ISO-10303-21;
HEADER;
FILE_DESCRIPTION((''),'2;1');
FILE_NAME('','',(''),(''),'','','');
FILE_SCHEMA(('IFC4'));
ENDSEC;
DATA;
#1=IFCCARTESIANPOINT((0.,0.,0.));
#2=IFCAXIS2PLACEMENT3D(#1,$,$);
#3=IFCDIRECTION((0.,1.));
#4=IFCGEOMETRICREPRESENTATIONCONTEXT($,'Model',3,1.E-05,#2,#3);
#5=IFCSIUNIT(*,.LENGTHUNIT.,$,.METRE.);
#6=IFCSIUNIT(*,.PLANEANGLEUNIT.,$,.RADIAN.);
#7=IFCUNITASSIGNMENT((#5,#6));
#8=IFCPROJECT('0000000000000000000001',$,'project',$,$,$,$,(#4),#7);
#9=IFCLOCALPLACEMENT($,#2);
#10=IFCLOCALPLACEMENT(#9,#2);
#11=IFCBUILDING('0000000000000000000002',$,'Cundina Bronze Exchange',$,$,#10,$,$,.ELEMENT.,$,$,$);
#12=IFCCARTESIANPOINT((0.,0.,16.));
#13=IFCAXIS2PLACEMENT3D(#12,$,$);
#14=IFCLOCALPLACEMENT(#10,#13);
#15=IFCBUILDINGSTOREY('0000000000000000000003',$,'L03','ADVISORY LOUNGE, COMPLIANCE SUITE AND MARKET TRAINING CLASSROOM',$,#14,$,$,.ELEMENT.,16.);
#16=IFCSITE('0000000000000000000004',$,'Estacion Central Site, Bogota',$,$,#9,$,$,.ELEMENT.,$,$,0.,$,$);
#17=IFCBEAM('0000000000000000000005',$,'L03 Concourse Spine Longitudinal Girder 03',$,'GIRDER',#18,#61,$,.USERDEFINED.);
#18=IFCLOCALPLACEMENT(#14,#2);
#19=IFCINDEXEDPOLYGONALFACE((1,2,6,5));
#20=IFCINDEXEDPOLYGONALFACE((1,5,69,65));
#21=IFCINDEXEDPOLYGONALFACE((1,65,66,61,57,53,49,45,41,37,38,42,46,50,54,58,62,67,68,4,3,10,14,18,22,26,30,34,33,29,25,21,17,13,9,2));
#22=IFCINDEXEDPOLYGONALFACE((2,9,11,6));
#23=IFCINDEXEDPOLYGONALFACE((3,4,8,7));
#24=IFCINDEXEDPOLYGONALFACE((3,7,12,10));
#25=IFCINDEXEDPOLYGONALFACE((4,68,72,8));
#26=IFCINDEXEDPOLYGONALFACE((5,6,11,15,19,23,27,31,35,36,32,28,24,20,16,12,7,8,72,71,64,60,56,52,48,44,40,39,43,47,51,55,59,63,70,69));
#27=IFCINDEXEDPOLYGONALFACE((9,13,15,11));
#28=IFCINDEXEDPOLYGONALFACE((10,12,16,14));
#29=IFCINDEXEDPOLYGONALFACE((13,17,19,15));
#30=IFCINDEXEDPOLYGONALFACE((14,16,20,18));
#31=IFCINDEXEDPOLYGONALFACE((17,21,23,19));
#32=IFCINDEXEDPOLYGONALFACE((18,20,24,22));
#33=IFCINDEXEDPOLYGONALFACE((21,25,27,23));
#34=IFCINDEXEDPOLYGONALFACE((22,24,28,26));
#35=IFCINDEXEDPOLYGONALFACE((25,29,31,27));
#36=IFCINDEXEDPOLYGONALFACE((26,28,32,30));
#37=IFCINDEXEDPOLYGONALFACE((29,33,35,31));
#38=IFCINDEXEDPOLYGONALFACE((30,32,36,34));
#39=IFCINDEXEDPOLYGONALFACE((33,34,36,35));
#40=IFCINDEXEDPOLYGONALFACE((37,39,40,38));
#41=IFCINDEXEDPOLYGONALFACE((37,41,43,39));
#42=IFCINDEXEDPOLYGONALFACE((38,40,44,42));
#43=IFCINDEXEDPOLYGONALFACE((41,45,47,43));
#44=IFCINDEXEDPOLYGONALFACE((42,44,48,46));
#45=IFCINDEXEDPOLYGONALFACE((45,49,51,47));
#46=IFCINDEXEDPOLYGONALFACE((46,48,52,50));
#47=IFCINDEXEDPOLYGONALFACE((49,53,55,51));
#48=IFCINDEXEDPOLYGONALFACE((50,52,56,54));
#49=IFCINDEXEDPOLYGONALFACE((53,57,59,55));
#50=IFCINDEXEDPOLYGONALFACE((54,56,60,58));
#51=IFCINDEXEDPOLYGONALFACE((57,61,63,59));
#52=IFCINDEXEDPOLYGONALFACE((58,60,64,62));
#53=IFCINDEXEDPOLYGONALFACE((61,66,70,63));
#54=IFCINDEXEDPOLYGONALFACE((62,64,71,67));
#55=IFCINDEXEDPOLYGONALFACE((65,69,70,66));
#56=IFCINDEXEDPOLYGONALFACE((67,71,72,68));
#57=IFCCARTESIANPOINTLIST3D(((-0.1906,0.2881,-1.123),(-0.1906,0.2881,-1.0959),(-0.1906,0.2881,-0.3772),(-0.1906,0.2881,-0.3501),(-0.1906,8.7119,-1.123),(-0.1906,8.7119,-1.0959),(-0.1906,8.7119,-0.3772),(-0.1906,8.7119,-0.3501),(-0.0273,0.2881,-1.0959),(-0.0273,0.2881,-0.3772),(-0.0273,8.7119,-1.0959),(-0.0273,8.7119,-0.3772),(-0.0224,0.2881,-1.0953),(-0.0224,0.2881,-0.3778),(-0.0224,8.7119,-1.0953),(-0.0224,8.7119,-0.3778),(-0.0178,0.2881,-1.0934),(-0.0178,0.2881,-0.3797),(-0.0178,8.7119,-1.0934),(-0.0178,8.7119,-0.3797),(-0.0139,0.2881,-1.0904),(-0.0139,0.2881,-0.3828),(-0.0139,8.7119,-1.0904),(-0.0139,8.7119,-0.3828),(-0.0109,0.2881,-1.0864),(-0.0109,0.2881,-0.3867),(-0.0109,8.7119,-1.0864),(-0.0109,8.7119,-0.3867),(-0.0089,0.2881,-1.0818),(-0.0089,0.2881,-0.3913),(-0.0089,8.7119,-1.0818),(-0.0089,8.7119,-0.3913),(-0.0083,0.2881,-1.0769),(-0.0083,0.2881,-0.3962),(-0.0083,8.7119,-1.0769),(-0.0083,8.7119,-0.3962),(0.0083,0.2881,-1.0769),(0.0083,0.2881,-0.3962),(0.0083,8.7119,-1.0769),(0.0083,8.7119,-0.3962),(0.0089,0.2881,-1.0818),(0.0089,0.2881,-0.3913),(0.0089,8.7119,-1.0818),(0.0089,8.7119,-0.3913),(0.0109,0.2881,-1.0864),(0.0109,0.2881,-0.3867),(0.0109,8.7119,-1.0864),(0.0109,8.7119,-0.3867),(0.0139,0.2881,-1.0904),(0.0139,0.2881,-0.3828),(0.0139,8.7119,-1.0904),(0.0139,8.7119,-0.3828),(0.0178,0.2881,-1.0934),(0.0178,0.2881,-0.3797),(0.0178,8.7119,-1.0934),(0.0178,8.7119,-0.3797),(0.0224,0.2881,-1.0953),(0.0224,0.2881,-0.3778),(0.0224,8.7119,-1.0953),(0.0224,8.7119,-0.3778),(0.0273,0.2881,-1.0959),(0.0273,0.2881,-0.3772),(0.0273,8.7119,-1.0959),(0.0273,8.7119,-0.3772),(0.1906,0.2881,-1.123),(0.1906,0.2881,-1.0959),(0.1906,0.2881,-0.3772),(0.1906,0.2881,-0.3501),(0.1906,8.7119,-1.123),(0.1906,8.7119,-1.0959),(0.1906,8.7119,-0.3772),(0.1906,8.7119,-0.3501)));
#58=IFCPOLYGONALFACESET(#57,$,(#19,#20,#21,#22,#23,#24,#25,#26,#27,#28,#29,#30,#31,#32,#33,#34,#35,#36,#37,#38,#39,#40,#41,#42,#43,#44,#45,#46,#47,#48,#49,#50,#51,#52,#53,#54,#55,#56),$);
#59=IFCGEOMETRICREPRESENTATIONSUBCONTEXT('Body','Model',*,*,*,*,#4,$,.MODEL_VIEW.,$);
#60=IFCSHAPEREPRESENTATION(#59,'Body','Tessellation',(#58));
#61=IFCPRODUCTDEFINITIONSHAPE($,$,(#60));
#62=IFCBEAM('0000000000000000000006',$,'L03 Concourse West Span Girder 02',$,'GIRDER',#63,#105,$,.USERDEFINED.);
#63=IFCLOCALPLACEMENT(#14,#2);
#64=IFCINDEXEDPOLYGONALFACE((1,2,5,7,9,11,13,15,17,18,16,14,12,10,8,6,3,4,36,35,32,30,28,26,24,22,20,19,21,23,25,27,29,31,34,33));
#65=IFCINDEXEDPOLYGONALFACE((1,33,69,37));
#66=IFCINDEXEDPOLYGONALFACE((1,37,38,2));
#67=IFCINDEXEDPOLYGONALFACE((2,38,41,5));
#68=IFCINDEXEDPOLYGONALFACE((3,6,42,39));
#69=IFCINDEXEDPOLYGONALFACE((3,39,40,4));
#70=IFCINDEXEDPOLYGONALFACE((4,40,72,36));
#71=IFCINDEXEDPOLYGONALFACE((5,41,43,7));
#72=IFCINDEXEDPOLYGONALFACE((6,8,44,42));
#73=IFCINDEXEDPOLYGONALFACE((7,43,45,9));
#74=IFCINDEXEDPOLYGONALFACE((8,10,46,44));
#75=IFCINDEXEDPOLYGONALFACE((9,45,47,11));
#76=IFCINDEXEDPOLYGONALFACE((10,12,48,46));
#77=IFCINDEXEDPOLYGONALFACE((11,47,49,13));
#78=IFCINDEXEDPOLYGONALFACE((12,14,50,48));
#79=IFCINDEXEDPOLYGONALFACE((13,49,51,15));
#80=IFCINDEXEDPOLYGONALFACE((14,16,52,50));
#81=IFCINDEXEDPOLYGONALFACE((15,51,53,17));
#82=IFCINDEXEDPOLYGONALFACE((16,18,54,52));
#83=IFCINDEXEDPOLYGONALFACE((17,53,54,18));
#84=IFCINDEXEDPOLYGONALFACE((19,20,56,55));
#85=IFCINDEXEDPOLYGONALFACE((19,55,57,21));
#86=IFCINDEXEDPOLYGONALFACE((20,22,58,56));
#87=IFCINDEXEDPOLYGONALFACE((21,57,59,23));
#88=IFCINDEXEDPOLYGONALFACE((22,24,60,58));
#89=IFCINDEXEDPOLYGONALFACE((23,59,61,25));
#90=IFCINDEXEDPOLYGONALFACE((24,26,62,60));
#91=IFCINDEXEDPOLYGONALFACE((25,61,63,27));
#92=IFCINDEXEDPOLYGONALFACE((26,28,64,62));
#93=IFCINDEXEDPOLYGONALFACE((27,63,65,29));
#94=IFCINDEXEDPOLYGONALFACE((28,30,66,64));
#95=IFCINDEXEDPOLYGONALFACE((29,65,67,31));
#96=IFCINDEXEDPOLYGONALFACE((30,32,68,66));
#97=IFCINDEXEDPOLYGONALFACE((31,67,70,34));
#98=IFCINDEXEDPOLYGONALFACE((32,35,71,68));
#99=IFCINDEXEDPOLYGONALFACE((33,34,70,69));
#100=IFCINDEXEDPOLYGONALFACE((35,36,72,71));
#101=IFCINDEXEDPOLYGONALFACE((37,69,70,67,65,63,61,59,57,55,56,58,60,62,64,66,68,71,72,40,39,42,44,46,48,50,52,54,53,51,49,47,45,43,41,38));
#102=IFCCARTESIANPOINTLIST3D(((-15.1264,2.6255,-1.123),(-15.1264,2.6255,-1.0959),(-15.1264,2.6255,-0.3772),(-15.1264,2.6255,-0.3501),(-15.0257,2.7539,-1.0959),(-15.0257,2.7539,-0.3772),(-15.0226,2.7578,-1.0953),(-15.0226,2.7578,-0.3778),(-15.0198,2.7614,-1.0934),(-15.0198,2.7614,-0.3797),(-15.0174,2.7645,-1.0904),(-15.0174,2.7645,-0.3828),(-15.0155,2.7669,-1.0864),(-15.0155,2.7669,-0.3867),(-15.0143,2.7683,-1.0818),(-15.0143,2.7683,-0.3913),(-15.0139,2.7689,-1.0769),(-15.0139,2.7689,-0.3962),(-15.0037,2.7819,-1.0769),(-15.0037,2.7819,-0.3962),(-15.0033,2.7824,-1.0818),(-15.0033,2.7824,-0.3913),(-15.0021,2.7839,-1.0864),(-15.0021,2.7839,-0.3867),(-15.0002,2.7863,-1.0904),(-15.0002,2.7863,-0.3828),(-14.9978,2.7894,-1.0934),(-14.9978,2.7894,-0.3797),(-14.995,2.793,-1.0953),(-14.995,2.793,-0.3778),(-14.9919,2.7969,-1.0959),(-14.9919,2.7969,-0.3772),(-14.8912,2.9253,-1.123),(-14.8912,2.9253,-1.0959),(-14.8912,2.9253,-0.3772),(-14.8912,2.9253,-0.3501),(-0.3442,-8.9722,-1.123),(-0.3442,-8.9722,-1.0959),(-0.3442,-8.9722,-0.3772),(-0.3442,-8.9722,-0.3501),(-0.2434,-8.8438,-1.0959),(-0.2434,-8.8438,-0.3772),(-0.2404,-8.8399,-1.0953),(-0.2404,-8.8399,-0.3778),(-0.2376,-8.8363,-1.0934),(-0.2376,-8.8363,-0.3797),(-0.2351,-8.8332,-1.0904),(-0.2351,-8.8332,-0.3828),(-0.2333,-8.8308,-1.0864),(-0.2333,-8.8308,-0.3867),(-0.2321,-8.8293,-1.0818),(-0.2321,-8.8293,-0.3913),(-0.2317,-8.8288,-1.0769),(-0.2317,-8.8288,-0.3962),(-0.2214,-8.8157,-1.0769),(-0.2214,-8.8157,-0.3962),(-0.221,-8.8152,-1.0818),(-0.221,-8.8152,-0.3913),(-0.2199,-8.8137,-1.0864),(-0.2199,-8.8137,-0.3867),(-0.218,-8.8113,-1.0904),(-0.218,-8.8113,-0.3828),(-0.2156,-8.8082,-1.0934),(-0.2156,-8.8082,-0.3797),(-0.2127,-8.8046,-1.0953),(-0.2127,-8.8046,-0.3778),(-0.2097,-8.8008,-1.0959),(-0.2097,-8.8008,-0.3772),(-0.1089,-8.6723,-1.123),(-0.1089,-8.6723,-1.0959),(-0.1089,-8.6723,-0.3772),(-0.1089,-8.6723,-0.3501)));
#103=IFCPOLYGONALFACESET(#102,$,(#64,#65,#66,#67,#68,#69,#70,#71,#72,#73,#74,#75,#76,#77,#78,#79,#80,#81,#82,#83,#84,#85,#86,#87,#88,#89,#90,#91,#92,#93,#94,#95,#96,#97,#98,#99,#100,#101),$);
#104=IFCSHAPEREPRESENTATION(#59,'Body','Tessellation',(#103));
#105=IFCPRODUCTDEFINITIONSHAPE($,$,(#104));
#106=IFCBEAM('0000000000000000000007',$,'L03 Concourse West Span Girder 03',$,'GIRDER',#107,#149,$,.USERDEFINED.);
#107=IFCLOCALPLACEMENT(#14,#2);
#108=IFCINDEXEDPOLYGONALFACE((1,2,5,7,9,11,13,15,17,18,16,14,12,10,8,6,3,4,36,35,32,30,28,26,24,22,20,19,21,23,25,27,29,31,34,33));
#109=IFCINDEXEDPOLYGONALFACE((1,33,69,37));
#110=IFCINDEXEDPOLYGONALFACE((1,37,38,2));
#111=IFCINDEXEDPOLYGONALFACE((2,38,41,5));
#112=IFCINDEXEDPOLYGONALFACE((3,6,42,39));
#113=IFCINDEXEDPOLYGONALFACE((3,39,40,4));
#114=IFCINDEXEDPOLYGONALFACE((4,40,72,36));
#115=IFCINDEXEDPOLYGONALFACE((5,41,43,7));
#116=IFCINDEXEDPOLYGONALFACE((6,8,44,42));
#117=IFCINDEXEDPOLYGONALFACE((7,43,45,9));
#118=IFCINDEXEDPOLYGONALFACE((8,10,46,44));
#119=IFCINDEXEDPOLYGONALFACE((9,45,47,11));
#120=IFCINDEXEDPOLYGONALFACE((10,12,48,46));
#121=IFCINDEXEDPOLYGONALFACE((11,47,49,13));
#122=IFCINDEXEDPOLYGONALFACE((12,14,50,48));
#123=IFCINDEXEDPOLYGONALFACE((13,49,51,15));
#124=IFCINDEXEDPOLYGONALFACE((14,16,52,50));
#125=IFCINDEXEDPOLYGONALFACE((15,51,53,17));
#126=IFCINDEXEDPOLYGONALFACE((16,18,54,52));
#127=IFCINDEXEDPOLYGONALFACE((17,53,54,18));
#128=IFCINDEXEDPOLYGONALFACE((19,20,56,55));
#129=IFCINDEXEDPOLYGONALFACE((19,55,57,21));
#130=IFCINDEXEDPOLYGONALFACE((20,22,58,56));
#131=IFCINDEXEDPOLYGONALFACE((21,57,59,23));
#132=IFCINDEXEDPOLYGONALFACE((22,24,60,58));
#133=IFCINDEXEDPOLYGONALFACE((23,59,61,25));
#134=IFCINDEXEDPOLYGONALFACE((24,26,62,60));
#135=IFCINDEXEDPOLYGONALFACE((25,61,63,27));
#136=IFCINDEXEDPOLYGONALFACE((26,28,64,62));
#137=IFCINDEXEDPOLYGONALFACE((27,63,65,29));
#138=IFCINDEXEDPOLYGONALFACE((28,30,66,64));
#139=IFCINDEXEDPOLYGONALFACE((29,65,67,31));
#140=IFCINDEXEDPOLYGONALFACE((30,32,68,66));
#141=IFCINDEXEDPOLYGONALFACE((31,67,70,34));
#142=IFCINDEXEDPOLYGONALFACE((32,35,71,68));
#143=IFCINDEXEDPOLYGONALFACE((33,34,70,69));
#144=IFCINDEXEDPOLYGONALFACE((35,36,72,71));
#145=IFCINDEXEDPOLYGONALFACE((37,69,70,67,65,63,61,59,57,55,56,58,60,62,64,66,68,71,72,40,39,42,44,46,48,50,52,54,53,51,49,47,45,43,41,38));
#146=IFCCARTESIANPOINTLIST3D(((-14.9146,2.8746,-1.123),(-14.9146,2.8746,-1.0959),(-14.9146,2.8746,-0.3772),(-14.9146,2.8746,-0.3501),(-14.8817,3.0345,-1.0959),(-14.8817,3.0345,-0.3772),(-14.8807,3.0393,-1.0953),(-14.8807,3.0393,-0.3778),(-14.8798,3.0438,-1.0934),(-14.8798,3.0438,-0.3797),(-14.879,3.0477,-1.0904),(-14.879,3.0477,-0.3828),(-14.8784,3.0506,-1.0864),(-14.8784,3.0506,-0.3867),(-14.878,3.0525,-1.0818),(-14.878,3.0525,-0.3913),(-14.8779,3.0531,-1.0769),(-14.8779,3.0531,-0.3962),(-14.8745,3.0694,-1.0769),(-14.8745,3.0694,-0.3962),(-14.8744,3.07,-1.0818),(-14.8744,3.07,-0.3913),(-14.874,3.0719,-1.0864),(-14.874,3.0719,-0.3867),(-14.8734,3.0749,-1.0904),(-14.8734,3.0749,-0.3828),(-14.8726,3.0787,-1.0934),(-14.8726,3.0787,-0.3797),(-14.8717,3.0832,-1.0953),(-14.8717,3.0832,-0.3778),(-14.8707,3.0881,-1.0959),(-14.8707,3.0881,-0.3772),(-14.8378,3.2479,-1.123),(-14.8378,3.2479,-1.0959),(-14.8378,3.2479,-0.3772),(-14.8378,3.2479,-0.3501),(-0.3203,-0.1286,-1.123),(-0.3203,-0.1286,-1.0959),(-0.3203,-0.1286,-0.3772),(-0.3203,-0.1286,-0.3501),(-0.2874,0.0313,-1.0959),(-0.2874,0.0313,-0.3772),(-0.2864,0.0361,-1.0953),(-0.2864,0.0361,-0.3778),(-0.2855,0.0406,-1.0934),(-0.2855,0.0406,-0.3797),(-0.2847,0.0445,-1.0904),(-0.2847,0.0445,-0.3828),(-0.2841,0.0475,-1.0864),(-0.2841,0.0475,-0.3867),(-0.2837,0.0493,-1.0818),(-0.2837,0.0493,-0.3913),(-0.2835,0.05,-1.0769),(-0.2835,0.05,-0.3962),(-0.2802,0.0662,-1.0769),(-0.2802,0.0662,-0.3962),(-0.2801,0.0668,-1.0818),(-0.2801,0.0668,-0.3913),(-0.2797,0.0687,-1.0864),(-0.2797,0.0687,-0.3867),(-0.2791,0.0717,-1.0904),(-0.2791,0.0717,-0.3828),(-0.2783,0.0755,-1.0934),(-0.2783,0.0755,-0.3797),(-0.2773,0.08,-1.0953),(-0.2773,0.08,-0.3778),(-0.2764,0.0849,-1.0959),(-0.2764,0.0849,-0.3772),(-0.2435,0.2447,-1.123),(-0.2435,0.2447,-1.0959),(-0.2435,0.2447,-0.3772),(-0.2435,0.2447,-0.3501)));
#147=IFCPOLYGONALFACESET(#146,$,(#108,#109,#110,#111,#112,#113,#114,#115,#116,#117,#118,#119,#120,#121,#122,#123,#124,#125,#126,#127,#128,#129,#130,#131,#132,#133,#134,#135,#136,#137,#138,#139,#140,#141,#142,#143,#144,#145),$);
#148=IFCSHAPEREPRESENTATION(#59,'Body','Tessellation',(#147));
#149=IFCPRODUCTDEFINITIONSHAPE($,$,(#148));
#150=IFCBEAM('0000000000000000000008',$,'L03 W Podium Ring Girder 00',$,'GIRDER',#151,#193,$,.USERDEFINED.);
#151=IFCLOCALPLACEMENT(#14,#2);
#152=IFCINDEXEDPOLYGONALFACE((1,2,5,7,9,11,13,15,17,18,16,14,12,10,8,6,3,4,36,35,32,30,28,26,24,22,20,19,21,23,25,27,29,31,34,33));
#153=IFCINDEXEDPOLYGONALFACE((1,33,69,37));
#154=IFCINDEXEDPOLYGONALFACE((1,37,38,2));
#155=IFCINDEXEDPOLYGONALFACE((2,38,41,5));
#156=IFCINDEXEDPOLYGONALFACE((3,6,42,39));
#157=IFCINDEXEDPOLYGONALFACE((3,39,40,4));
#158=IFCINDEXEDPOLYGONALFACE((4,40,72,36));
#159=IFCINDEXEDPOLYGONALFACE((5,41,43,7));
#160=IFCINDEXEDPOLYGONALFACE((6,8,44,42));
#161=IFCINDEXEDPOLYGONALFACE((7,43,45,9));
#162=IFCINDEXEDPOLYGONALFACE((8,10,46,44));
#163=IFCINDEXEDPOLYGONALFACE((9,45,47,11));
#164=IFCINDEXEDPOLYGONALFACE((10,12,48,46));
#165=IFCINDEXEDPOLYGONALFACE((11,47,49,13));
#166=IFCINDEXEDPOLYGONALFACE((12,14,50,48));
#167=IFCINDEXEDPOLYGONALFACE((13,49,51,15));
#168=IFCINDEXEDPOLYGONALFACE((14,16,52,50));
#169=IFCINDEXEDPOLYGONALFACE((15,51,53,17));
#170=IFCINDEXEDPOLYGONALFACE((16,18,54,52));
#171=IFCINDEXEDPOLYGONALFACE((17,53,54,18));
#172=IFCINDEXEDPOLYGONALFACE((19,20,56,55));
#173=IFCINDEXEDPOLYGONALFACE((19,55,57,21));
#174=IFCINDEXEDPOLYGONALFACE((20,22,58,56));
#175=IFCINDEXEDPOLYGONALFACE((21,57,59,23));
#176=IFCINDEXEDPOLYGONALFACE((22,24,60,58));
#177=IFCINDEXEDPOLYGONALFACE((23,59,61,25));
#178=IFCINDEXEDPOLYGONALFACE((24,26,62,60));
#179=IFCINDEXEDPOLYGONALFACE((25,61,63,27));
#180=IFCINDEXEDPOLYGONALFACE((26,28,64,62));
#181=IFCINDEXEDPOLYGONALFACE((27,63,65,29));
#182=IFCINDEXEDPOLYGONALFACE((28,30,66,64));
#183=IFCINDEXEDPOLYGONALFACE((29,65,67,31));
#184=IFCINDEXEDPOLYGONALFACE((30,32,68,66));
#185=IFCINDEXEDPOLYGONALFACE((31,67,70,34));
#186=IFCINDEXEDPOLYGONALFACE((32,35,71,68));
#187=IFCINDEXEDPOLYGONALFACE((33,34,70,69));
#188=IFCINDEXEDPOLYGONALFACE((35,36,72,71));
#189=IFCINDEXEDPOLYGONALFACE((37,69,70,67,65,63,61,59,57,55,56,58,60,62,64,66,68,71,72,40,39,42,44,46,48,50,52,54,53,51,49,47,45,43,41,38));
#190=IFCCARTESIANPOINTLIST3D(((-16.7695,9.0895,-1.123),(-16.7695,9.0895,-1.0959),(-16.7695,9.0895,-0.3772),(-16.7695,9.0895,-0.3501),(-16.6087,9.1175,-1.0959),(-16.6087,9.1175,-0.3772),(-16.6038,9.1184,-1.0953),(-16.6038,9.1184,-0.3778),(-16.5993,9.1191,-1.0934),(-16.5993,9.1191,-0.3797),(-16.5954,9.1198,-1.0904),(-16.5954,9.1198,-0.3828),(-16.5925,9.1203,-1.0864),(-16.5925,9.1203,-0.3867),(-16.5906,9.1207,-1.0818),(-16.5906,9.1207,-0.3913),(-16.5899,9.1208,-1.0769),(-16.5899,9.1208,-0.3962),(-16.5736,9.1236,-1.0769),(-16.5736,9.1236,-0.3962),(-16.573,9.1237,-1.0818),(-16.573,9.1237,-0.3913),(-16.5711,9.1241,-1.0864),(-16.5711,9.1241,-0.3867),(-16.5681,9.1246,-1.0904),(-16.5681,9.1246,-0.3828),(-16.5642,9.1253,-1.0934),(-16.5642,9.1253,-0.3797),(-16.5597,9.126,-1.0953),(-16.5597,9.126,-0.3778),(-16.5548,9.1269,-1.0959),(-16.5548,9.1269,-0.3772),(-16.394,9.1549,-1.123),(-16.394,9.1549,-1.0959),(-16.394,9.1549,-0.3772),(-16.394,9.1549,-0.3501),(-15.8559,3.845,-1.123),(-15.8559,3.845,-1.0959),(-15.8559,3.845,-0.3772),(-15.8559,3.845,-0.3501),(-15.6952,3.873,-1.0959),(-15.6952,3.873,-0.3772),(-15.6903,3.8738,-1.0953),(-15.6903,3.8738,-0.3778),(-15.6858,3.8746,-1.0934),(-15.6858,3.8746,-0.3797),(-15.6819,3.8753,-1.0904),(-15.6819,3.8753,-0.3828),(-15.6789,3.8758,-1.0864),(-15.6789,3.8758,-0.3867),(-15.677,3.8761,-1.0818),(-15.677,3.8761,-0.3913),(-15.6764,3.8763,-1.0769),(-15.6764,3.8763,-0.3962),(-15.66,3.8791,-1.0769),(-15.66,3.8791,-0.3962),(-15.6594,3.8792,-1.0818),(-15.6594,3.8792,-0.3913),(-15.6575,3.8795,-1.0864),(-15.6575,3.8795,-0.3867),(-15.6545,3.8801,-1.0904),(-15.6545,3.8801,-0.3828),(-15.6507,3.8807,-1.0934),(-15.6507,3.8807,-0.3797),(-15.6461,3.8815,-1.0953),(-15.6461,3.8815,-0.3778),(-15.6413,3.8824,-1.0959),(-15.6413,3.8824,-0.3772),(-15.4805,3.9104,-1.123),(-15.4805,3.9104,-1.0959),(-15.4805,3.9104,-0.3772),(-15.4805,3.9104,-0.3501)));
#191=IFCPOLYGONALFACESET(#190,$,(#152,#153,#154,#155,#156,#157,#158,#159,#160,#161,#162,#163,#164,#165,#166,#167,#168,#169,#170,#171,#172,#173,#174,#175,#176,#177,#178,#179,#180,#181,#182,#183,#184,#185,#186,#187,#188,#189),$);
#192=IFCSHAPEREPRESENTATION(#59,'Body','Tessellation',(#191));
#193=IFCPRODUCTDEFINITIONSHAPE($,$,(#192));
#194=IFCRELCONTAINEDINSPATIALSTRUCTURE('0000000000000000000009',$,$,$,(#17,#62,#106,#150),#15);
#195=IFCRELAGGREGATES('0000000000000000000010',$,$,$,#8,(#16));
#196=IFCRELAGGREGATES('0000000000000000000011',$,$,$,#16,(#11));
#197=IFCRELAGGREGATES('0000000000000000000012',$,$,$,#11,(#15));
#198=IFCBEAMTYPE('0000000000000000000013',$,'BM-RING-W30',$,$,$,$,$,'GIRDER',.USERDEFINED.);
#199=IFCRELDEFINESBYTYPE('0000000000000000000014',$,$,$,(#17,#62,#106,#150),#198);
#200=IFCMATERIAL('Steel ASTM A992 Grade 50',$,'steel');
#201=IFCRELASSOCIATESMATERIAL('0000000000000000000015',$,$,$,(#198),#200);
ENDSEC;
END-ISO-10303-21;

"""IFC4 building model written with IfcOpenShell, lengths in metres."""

from ifc_helpers import new_model, si_unit, direction, frame, origin, origin_2d, place, context, subcontext, project, spatial, i_section, extrude, material, material_profile, profile_set, type_object, element, save


model = new_model("IFC4")

# Units and contexts
model_context = context("Model", 3, precision=1e-05, world=origin(), true_north=direction((0.0, 1.0)))
body_context = subcontext(model_context, "Body", "Model", "MODEL_VIEW")
ifc_project = project(units=[si_unit("LENGTHUNIT", "METRE"), si_unit("PLANEANGLEUNIT", "RADIAN")], contexts=[model_context])

# Site, building, storey
site_placement = place(None, origin())
site = spatial("IfcSite", under=ifc_project, at=site_placement, Name="Estacion Central Site, Bogota", CompositionType="ELEMENT", RefElevation=0.0)
building_placement = place(site_placement, origin())
building = spatial("IfcBuilding", under=site, at=building_placement, Name="Cundina Bronze Exchange", CompositionType="ELEMENT")
storey_placement = place(building_placement, frame((0.0, 0.0, 16.0)))
storey = spatial("IfcBuildingStorey", under=building, at=storey_placement, Name="L03", Description="ADVISORY LOUNGE, COMPLIANCE SUITE AND MARKET TRAINING CLASSROOM", CompositionType="ELEMENT", Elevation=16.0)

# Beams
ifc_material_1 = material(Name="Steel ASTM A992 Grade 50", Category="steel")
ifc_material_profile_1 = material_profile(ifc_material_1, i_section(OverallWidth=0.3811, OverallDepth=0.7729, WebThickness=0.0166, FlangeThickness=0.0271, FilletRadius=0.019, at=origin_2d()), Name="W30X173", Category="steel")
ifc_profile_set_1 = profile_set([ifc_material_profile_1], Name="Steel ASTM A992 Grade 50")
beam_type_1 = type_object("IfcBeamType", Name="BM-RING-W30", ElementType="GIRDER", PredefinedType="USERDEFINED", material=ifc_profile_set_1)
for number, where, z_axis, x_axis, name in (
    (1, (0.0, 0.2881, -0.7366), (0.0, 1.0, 0.0), (-1.0, 0.0, 0.0), "L03 Concourse Spine Longitudinal Girder 03"),
):
    element("IfcBeam", number, at=place(storey_placement, frame(where, z_axis=z_axis, x_axis=x_axis)), inside=storey, type_object=beam_type_1, Name=name, ObjectType="GIRDER", PredefinedType="USERDEFINED", context=body_context, shape_type="SweptSolid", body=[
        extrude(i_section(OverallWidth=0.3811, OverallDepth=0.7729, WebThickness=0.0166, FlangeThickness=0.0271, FilletRadius=0.019, at=origin_2d()), origin(), (0.0, 0.0, 1.0), 8.4238),
    ])
beam_1_placement = place(storey_placement, frame((-15.0088, 2.7754, -0.7366), z_axis=(0.786756, -0.617264, 0.0), x_axis=(0.617264, 0.786756, 0.0)))
element("IfcBeam", 2, at=beam_1_placement, inside=storey, type_object=beam_type_1, Name="L03 Concourse West Span Girder 02", ObjectType="GIRDER", PredefinedType="USERDEFINED", context=body_context, shape_type="SweptSolid", body=[
    extrude(i_section(OverallWidth=0.3811, OverallDepth=0.7729, WebThickness=0.0166, FlangeThickness=0.0271, FilletRadius=0.019, at=origin_2d()), origin(), (0.0, 0.0, 1.0), 18.7888),
])
beam_2_placement = place(storey_placement, frame((-14.8762, 3.0613, -0.7366), z_axis=(0.979477, -0.201555, 0.0), x_axis=(0.201555, 0.979477, 0.0)))
element("IfcBeam", 3, at=beam_2_placement, inside=storey, type_object=beam_type_1, Name="L03 Concourse West Span Girder 03", ObjectType="GIRDER", PredefinedType="USERDEFINED", context=body_context, shape_type="SweptSolid", body=[
    extrude(i_section(OverallWidth=0.3811, OverallDepth=0.7729, WebThickness=0.0166, FlangeThickness=0.0271, FilletRadius=0.019, at=origin_2d()), origin(), (0.0, 0.0, 1.0), 14.9001),
])
beam_3_placement = place(storey_placement, frame((-15.6682, 3.8777, -0.7366), z_axis=(-0.171608, 0.985165, 0.0), x_axis=(-0.985165, -0.171608, 0.0)))
element("IfcBeam", 4, at=beam_3_placement, inside=storey, type_object=beam_type_1, Name="L03 W Podium Ring Girder 00", ObjectType="GIRDER", PredefinedType="USERDEFINED", context=body_context, shape_type="SweptSolid", body=[
    extrude(i_section(OverallWidth=0.3811, OverallDepth=0.7729, WebThickness=0.0166, FlangeThickness=0.0271, FilletRadius=0.019, at=origin_2d()), origin(), (0.0, 0.0, 1.0), 5.3235),
])

save(model, "model.ifc")
